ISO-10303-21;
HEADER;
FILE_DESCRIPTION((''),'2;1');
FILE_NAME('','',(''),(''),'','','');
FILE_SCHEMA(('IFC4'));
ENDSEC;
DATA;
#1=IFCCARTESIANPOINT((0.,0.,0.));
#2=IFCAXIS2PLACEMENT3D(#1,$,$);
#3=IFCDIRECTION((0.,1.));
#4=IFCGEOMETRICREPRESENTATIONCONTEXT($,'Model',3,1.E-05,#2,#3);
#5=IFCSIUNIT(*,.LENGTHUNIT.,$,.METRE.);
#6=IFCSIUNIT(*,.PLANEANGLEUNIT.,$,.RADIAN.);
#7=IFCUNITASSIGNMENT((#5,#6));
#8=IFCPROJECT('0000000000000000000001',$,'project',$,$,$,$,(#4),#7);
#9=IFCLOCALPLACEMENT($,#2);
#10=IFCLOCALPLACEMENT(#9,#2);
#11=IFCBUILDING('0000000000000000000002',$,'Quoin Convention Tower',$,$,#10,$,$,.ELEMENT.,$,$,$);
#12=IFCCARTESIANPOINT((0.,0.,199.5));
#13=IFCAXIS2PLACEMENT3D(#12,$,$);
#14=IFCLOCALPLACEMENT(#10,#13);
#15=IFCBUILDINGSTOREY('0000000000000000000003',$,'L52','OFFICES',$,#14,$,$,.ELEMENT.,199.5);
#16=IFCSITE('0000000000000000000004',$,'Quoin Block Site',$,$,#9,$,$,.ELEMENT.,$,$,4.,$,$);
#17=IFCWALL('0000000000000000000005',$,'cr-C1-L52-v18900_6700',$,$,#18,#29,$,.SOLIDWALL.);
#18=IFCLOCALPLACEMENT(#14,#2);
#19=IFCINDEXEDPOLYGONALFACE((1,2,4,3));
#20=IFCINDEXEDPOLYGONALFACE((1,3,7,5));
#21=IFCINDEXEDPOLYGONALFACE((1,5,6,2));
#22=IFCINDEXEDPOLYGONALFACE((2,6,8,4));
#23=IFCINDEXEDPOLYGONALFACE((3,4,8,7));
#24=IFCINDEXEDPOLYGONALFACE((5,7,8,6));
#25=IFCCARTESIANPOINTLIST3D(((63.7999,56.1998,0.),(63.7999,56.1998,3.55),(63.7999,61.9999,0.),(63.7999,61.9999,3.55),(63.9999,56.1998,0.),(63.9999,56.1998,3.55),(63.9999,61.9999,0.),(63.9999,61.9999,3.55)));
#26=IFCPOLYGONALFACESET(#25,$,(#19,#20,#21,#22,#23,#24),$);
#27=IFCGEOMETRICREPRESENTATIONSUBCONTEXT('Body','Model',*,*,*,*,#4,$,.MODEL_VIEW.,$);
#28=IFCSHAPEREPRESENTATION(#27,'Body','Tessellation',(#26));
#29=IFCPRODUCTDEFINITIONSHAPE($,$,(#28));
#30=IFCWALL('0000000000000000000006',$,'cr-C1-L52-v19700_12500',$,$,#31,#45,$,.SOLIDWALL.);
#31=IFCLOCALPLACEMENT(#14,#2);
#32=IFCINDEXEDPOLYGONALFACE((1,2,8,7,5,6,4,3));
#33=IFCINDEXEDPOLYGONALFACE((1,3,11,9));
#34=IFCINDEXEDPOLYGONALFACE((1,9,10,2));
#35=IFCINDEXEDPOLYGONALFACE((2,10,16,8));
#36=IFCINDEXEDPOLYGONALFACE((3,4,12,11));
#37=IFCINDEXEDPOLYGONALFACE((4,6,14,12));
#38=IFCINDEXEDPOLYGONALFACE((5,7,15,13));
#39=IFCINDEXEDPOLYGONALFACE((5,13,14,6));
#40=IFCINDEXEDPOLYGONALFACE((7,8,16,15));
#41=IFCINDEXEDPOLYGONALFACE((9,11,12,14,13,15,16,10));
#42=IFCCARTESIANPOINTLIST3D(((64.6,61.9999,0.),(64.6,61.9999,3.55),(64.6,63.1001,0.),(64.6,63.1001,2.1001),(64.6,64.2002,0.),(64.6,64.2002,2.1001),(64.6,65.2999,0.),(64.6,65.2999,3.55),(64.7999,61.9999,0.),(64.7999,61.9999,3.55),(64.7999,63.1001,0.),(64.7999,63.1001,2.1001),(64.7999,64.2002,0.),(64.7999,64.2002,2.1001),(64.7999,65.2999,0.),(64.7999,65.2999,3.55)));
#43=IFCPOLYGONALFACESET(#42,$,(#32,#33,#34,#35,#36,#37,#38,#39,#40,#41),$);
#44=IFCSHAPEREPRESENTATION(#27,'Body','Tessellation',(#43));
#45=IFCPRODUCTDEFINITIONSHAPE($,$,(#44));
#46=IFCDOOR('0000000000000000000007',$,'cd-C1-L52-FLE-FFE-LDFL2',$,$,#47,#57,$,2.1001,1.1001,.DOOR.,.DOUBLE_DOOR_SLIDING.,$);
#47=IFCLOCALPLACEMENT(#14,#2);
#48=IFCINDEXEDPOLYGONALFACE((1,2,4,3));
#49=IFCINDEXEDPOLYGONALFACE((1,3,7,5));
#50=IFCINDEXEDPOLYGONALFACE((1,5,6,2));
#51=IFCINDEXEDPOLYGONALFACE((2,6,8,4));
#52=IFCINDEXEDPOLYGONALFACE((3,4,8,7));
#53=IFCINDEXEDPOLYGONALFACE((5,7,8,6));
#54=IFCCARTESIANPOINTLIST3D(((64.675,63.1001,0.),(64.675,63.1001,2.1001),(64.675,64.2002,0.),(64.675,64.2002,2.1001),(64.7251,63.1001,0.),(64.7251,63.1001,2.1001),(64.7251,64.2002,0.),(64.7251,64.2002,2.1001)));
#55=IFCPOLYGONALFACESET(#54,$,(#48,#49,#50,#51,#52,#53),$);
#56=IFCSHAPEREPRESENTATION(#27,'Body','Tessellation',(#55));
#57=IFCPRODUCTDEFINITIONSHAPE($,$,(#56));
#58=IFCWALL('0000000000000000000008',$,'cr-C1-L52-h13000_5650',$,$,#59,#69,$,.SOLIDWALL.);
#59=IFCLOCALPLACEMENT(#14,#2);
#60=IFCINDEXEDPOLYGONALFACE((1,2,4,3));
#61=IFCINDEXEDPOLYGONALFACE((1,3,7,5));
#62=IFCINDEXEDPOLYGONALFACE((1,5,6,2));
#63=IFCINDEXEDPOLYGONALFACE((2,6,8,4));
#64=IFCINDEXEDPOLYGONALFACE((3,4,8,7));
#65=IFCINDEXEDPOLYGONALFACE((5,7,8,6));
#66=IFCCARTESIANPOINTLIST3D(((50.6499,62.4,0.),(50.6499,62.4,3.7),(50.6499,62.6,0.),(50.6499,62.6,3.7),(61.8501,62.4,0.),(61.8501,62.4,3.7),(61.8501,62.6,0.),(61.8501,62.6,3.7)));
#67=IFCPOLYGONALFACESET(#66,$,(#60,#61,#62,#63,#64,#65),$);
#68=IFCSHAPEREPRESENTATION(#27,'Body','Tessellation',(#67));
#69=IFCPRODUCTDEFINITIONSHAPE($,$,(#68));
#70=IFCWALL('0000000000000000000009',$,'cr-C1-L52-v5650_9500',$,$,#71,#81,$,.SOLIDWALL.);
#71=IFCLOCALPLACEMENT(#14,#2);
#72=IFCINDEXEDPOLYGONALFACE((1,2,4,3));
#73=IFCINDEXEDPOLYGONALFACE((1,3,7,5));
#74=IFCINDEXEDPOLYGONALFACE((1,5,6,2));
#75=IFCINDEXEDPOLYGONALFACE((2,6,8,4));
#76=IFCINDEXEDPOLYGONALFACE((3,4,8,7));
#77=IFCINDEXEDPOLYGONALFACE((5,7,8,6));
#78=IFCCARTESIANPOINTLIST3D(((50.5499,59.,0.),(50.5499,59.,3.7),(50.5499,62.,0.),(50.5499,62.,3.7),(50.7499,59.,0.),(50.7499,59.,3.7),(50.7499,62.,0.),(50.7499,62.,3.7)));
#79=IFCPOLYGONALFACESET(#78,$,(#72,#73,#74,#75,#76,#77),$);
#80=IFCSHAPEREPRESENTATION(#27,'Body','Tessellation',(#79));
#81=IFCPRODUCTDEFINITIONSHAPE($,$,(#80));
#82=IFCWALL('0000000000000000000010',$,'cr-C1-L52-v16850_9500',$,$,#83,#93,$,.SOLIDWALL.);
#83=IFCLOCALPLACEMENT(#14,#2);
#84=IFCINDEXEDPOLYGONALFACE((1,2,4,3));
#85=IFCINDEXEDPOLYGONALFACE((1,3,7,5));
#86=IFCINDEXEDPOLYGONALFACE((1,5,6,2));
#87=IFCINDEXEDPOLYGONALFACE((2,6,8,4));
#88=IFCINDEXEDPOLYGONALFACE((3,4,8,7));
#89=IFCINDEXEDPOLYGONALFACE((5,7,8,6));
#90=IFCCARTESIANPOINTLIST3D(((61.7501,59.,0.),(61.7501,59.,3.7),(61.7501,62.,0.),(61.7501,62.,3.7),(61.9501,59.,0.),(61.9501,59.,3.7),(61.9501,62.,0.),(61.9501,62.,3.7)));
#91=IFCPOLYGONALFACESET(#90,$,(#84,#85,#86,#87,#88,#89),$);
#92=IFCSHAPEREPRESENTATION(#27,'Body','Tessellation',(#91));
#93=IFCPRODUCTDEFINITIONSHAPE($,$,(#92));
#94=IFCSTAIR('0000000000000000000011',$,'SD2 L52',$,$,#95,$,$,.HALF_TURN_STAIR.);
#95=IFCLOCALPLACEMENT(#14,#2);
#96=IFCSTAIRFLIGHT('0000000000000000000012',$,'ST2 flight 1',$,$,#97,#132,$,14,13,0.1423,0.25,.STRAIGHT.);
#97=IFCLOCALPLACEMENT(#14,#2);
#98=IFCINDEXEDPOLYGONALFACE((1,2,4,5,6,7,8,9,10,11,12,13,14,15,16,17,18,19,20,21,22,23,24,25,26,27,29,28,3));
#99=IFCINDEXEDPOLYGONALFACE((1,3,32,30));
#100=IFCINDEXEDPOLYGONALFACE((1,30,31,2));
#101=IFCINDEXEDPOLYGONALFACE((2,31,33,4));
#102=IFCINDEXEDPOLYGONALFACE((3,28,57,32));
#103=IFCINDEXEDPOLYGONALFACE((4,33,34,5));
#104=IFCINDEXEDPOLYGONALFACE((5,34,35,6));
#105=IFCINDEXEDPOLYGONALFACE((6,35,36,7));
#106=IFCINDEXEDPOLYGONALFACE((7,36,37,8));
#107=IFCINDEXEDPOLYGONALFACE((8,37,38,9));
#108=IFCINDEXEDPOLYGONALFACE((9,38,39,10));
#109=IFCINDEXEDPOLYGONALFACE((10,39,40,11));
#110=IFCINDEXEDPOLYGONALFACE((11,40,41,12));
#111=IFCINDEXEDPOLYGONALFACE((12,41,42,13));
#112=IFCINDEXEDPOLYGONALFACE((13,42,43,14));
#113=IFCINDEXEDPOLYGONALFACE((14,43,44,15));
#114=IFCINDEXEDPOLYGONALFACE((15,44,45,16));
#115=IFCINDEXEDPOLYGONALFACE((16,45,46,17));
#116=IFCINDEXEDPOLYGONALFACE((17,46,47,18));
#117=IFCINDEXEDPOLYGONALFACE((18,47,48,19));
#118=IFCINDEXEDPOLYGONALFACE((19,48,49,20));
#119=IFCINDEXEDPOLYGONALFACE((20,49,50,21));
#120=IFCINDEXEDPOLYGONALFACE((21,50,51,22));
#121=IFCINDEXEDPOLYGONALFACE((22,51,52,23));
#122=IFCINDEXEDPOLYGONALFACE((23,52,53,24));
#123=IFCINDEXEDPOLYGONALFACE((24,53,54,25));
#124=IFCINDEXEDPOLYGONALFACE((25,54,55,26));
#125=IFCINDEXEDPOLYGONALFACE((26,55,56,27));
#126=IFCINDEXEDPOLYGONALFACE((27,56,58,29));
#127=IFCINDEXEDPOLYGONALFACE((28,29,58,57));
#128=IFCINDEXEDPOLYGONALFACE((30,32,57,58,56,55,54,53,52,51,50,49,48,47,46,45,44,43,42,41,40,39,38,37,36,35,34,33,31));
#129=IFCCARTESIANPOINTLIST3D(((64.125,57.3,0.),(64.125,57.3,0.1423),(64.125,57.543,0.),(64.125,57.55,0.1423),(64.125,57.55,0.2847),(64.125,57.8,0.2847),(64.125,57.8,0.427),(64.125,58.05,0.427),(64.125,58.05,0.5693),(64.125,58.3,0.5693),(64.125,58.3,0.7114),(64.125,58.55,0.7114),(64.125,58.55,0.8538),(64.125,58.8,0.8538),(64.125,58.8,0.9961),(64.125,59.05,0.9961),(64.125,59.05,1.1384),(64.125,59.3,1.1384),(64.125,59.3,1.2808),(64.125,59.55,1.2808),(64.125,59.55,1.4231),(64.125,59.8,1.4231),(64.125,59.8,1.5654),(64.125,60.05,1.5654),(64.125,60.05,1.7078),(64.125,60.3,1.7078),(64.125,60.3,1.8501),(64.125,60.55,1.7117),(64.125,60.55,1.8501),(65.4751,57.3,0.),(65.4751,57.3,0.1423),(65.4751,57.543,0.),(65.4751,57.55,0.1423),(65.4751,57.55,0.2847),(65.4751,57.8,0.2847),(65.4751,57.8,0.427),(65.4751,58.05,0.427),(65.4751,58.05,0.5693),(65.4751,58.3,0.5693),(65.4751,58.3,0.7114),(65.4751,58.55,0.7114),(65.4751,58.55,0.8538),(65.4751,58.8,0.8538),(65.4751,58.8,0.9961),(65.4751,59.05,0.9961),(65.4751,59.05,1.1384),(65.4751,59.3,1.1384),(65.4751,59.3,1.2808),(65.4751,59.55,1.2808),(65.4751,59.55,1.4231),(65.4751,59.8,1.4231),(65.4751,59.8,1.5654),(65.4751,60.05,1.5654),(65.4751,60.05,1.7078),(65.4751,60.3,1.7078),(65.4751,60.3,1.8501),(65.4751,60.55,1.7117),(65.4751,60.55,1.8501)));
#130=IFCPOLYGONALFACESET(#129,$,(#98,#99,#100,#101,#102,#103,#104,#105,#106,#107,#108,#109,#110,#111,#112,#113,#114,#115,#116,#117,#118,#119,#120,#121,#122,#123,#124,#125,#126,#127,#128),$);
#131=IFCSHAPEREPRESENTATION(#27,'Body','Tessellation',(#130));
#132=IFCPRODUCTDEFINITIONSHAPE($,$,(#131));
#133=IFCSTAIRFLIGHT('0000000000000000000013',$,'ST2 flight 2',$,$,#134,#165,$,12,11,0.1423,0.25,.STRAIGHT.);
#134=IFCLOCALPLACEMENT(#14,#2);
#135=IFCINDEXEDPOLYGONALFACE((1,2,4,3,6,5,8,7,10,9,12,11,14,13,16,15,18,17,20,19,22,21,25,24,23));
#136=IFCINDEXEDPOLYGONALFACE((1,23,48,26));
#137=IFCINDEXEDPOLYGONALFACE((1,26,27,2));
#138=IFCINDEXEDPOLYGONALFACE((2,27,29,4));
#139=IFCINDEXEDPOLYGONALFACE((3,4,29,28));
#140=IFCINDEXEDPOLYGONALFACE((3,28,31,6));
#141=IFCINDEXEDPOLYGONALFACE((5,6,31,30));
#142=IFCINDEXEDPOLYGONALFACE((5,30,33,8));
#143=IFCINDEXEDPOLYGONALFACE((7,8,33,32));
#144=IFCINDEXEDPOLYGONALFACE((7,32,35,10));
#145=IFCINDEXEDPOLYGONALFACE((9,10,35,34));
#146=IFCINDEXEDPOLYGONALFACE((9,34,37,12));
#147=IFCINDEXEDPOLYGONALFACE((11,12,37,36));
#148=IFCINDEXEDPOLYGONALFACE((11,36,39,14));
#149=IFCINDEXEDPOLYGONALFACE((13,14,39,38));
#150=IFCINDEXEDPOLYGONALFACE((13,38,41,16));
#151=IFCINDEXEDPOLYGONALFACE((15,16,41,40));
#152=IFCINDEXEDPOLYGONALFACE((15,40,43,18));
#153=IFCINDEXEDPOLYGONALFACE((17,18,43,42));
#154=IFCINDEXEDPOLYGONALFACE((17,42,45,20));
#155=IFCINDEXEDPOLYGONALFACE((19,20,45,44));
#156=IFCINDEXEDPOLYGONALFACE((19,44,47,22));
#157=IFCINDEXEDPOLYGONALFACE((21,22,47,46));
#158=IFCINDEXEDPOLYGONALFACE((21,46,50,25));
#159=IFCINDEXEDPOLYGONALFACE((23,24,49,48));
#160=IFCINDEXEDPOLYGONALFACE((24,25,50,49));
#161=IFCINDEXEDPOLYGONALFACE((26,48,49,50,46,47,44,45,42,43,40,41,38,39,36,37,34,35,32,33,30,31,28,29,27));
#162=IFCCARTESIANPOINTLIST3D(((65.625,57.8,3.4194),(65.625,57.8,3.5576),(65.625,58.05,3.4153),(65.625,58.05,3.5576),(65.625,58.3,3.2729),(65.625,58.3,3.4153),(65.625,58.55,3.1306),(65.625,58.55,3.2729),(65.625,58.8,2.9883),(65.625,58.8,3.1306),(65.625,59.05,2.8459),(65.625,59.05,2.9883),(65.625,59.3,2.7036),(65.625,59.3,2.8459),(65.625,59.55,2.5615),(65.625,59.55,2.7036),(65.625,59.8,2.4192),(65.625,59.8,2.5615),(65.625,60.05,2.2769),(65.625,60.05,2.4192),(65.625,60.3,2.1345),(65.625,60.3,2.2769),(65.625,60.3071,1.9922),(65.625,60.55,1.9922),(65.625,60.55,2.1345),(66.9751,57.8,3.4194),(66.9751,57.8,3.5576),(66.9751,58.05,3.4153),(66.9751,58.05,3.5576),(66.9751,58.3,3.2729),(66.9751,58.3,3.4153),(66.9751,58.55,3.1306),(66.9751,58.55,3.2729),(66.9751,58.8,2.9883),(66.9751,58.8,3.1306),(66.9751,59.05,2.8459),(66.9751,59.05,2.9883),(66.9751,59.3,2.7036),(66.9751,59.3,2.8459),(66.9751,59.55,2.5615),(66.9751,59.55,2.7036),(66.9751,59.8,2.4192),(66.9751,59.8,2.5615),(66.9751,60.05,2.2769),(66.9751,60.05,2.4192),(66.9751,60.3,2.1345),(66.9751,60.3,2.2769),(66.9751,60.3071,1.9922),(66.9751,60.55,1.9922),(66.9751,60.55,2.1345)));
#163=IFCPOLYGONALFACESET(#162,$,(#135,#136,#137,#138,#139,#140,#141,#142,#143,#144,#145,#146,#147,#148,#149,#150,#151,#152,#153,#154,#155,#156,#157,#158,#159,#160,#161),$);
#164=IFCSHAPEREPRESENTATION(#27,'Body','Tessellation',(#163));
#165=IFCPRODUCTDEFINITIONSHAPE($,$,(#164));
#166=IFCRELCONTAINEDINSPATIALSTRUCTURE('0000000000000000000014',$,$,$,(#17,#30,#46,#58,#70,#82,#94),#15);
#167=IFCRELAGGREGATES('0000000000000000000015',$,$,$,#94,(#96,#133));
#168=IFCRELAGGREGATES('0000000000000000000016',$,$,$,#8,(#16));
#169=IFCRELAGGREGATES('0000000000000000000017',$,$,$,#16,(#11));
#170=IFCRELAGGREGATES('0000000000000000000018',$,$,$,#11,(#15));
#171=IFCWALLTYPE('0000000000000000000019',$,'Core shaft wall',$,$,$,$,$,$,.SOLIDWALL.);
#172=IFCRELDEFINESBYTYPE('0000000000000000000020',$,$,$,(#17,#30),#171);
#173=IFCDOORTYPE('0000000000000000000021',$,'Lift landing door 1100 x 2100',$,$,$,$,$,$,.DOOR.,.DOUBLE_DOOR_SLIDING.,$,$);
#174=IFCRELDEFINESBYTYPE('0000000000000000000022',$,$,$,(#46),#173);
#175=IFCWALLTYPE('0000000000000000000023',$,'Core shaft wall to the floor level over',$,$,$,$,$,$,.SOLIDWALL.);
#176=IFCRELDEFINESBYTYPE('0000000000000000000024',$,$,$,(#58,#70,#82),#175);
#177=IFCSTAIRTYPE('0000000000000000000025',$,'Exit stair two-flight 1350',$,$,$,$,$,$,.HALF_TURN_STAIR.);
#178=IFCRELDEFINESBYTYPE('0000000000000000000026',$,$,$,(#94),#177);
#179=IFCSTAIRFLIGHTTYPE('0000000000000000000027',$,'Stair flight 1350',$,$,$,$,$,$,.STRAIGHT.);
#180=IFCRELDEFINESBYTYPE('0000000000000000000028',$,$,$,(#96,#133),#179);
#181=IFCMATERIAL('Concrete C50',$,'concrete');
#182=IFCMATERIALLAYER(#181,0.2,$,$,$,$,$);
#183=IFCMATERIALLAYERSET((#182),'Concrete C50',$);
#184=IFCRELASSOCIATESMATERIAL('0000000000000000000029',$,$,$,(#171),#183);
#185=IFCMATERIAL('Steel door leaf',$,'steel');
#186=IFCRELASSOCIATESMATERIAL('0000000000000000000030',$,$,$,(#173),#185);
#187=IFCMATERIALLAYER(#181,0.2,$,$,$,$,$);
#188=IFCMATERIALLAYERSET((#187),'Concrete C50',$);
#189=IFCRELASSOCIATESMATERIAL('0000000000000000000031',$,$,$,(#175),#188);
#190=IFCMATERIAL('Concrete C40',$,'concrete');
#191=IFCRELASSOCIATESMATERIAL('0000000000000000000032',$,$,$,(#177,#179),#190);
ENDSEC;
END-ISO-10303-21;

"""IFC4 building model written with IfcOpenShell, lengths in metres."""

from ifc_helpers import new_model, si_unit, direction, frame, frame_2d, origin, place, context, subcontext, project, spatial, polyline, rectangle, outline, extrude, material, layer, layer_set, type_object, element, fill, aggregate, save


model = new_model("IFC4")

# Units and contexts
model_context = context("Model", 3, precision=1e-05, world=origin(), true_north=direction((0.0, 1.0)))
body_context = subcontext(model_context, "Body", "Model", "MODEL_VIEW")
ifc_project = project(units=[si_unit("LENGTHUNIT", "METRE"), si_unit("PLANEANGLEUNIT", "RADIAN")], contexts=[model_context])

# Site, building, storey
site_placement = place(None, origin())
site = spatial("IfcSite", under=ifc_project, at=site_placement, Name="Quoin Block Site", CompositionType="ELEMENT", RefElevation=4.0)
building_placement = place(site_placement, origin())
building = spatial("IfcBuilding", under=site, at=building_placement, Name="Quoin Convention Tower", CompositionType="ELEMENT")
storey_placement = place(building_placement, frame((0.0, 0.0, 199.5)))
storey = spatial("IfcBuildingStorey", under=building, at=storey_placement, Name="L52", Description="OFFICES", CompositionType="ELEMENT", Elevation=199.5)

# Wall
ifc_material_1 = material(Name="Concrete C50", Category="concrete")
ifc_layer_1 = layer(ifc_material_1, 0.2)
ifc_layer_set_1 = layer_set([ifc_layer_1], Name="Concrete C50")
wall_type_1 = type_object("IfcWallType", Name="Core shaft wall", PredefinedType="SOLIDWALL", material=ifc_layer_set_1)
wall_1_placement = place(storey_placement, frame((63.8999, 56.2, 0.0), z_axis=(0.0, 0.0, 1.0), x_axis=(0.0, 1.0, 0.0)))
element("IfcWall", 1, at=wall_1_placement, inside=storey, type_object=wall_type_1, Name="cr-C1-L52-v18900_6700", PredefinedType="SOLIDWALL", context=body_context, shape_type="SweptSolid", body=[
    extrude(rectangle(XDim=5.8, YDim=0.2, at=frame_2d((2.8999, 0.0))), origin(), (0.0, 0.0, 1.0), 3.55),
])

# Wall, opening, door
wall_2_placement = place(storey_placement, frame((64.7, 62.0, 0.0), z_axis=(0.0, 0.0, 1.0), x_axis=(0.0, 1.0, 0.0)))
wall_2 = element("IfcWall", 2, at=wall_2_placement, inside=storey, type_object=wall_type_1, Name="cr-C1-L52-v19700_12500", PredefinedType="SOLIDWALL", context=body_context, shape_type="SweptSolid", body=[
    extrude(rectangle(XDim=3.3, YDim=0.2, at=frame_2d((1.6499, 0.0))), origin(), (0.0, 0.0, 1.0), 3.55),
])
opening_placement = place(wall_2_placement, frame((1.1001, 0.0, 0.0)))
opening = element("IfcOpeningElement", 3, at=opening_placement, cuts=wall_2, PredefinedType="OPENING", context=body_context, shape_type="SweptSolid", body=[
    extrude(rectangle(XDim=1.1001, YDim=2.1001, at=frame_2d((0.55, 1.05))), frame((0.0, 0.1099, 0.0), z_axis=(0.0, -1.0, 0.0), x_axis=(1.0, 0.0, 0.0)), (0.0, 0.0, 1.0), 0.22),
])
ifc_material_2 = material(Name="Steel door leaf", Category="steel")
door_type = type_object("IfcDoorType", Name="Lift landing door 1100 x 2100", OperationType="DOUBLE_DOOR_SLIDING", PredefinedType="DOOR", material=ifc_material_2)
door_placement = place(opening_placement, origin())
door = element("IfcDoor", 4, at=door_placement, inside=storey, type_object=door_type, Name="cd-C1-L52-FLE-FFE-LDFL2", OperationType="DOUBLE_DOOR_SLIDING", OverallHeight=2.1001, OverallWidth=1.1001, PredefinedType="DOOR", context=body_context, shape_type="SweptSolid", body=[
    extrude(rectangle(XDim=1.1001, YDim=2.1001, at=frame_2d((0.55, 1.05))), frame((0.0, 0.0249, 0.0), z_axis=(0.0, -1.0, 0.0), x_axis=(1.0, 0.0, 0.0)), (0.0, 0.0, 1.0), 0.05),
])
fill(opening, door)

# Walls
ifc_layer_2 = layer(ifc_material_1, 0.2)
ifc_layer_set_2 = layer_set([ifc_layer_2], Name="Concrete C50")
wall_type_2 = type_object("IfcWallType", Name="Core shaft wall to the floor level over", PredefinedType="SOLIDWALL", material=ifc_layer_set_2)
wall_3_placement = place(storey_placement, frame((50.6499, 62.5, 0.0), z_axis=(0.0, 0.0, 1.0), x_axis=(1.0, 0.0, 0.0)))
element("IfcWall", 5, at=wall_3_placement, inside=storey, type_object=wall_type_2, Name="cr-C1-L52-h13000_5650", PredefinedType="SOLIDWALL", context=body_context, shape_type="SweptSolid", body=[
    extrude(rectangle(XDim=11.2002, YDim=0.2, at=frame_2d((5.6001, 0.0))), origin(), (0.0, 0.0, 1.0), 3.7),
])
for number, where, z_axis, x_axis, name in (
    (6, (50.6499, 59.0, 0.0), (0.0, 0.0, 1.0), (0.0, 1.0, 0.0), "cr-C1-L52-v5650_9500"),
    (7, (61.8501, 59.0, 0.0), (0.0, 0.0, 1.0), (0.0, 1.0, 0.0), "cr-C1-L52-v16850_9500"),
):
    element("IfcWall", number, at=place(storey_placement, frame(where, z_axis=z_axis, x_axis=x_axis)), inside=storey, type_object=wall_type_2, Name=name, PredefinedType="SOLIDWALL", context=body_context, shape_type="SweptSolid", body=[
        extrude(rectangle(XDim=3.0, YDim=0.2, at=frame_2d((1.5, 0.0))), origin(), (0.0, 0.0, 1.0), 3.7),
    ])

# Stair, stair flights
ifc_material_3 = material(Name="Concrete C40", Category="concrete")
stair_type = type_object("IfcStairType", Name="Exit stair two-flight 1350", PredefinedType="HALF_TURN_STAIR", material=ifc_material_3)
stair_placement = place(storey_placement, origin())
stair = element("IfcStair", 8, at=stair_placement, inside=storey, type_object=stair_type, Name="SD2 L52", PredefinedType="HALF_TURN_STAIR")
stair_flight_type = type_object("IfcStairFlightType", Name="Stair flight 1350", PredefinedType="STRAIGHT", material=ifc_material_3)
stair_flight_1_placement = place(storey_placement, frame((64.8, 57.3, 0.0), z_axis=(0.0, 0.0, 1.0), x_axis=(0.0, 1.0, 0.0)))
stair_flight_1 = element("IfcStairFlight", 9, at=stair_flight_1_placement, type_object=stair_flight_type, Name="ST2 flight 1", NumberOfRisers=14, NumberOfTreads=13, PredefinedType="STRAIGHT", RiserHeight=0.1423, TreadLength=0.25, context=body_context, shape_type="SweptSolid", body=[
    extrude(outline(polyline([(0.0, 0.0), (0.0, 0.1423), (0.25, 0.1423), (0.25, 0.2847), (0.5, 0.2847), (0.5, 0.427), (0.75, 0.427), (0.75, 0.5693), (1.0, 0.5693), (1.0, 0.7114), (1.25, 0.7114), (1.25, 0.8538), (1.5, 0.8538), (1.5, 0.9961), (1.75, 0.9961), (1.75, 1.1384), (2.0, 1.1384), (2.0, 1.2808), (2.25, 1.2808), (2.25, 1.4231), (2.5, 1.4231), (2.5, 1.5654), (2.75, 1.5654), (2.75, 1.7078), (3.0, 1.7078), (3.0, 1.8501), (3.25, 1.8501), (3.25, 1.9922), (3.25, 1.7117), (0.2429, 0.0), (0.0, 0.0)])), frame((0.0, 0.675, 0.0), z_axis=(0.0, -1.0, 0.0), x_axis=(1.0, 0.0, 0.0)), (0.0, 0.0, 1.0), 1.3501),
])
stair_flight_2_placement = place(storey_placement, frame((66.3, 60.55, 1.9922), z_axis=(0.0, 0.0, 1.0), x_axis=(0.0, -1.0, 0.0)))
stair_flight_2 = element("IfcStairFlight", 10, at=stair_flight_2_placement, type_object=stair_flight_type, Name="ST2 flight 2", NumberOfRisers=12, NumberOfTreads=11, PredefinedType="STRAIGHT", RiserHeight=0.1423, TreadLength=0.25, context=body_context, shape_type="SweptSolid", body=[
    extrude(outline(polyline([(0.0, 0.0), (0.0, 0.1423), (0.25, 0.1423), (0.25, 0.2847), (0.5, 0.2847), (0.5, 0.427), (0.75, 0.427), (0.75, 0.5693), (1.0, 0.5693), (1.0, 0.7114), (1.25, 0.7114), (1.25, 0.8538), (1.5, 0.8538), (1.5, 0.9961), (1.75, 0.9961), (1.75, 1.1384), (2.0, 1.1384), (2.0, 1.2808), (2.25, 1.2808), (2.25, 1.4231), (2.5, 1.4231), (2.5, 1.5654), (2.75, 1.5654), (2.75, 1.7078), (2.75, 1.4272), (0.2429, 0.0), (0.0, 0.0)])), frame((0.0, 0.675, 0.0), z_axis=(0.0, -1.0, 0.0), x_axis=(1.0, 0.0, 0.0)), (0.0, 0.0, 1.0), 1.3501),
])
aggregate(stair, [stair_flight_1, stair_flight_2])

save(model, "model.ifc")
